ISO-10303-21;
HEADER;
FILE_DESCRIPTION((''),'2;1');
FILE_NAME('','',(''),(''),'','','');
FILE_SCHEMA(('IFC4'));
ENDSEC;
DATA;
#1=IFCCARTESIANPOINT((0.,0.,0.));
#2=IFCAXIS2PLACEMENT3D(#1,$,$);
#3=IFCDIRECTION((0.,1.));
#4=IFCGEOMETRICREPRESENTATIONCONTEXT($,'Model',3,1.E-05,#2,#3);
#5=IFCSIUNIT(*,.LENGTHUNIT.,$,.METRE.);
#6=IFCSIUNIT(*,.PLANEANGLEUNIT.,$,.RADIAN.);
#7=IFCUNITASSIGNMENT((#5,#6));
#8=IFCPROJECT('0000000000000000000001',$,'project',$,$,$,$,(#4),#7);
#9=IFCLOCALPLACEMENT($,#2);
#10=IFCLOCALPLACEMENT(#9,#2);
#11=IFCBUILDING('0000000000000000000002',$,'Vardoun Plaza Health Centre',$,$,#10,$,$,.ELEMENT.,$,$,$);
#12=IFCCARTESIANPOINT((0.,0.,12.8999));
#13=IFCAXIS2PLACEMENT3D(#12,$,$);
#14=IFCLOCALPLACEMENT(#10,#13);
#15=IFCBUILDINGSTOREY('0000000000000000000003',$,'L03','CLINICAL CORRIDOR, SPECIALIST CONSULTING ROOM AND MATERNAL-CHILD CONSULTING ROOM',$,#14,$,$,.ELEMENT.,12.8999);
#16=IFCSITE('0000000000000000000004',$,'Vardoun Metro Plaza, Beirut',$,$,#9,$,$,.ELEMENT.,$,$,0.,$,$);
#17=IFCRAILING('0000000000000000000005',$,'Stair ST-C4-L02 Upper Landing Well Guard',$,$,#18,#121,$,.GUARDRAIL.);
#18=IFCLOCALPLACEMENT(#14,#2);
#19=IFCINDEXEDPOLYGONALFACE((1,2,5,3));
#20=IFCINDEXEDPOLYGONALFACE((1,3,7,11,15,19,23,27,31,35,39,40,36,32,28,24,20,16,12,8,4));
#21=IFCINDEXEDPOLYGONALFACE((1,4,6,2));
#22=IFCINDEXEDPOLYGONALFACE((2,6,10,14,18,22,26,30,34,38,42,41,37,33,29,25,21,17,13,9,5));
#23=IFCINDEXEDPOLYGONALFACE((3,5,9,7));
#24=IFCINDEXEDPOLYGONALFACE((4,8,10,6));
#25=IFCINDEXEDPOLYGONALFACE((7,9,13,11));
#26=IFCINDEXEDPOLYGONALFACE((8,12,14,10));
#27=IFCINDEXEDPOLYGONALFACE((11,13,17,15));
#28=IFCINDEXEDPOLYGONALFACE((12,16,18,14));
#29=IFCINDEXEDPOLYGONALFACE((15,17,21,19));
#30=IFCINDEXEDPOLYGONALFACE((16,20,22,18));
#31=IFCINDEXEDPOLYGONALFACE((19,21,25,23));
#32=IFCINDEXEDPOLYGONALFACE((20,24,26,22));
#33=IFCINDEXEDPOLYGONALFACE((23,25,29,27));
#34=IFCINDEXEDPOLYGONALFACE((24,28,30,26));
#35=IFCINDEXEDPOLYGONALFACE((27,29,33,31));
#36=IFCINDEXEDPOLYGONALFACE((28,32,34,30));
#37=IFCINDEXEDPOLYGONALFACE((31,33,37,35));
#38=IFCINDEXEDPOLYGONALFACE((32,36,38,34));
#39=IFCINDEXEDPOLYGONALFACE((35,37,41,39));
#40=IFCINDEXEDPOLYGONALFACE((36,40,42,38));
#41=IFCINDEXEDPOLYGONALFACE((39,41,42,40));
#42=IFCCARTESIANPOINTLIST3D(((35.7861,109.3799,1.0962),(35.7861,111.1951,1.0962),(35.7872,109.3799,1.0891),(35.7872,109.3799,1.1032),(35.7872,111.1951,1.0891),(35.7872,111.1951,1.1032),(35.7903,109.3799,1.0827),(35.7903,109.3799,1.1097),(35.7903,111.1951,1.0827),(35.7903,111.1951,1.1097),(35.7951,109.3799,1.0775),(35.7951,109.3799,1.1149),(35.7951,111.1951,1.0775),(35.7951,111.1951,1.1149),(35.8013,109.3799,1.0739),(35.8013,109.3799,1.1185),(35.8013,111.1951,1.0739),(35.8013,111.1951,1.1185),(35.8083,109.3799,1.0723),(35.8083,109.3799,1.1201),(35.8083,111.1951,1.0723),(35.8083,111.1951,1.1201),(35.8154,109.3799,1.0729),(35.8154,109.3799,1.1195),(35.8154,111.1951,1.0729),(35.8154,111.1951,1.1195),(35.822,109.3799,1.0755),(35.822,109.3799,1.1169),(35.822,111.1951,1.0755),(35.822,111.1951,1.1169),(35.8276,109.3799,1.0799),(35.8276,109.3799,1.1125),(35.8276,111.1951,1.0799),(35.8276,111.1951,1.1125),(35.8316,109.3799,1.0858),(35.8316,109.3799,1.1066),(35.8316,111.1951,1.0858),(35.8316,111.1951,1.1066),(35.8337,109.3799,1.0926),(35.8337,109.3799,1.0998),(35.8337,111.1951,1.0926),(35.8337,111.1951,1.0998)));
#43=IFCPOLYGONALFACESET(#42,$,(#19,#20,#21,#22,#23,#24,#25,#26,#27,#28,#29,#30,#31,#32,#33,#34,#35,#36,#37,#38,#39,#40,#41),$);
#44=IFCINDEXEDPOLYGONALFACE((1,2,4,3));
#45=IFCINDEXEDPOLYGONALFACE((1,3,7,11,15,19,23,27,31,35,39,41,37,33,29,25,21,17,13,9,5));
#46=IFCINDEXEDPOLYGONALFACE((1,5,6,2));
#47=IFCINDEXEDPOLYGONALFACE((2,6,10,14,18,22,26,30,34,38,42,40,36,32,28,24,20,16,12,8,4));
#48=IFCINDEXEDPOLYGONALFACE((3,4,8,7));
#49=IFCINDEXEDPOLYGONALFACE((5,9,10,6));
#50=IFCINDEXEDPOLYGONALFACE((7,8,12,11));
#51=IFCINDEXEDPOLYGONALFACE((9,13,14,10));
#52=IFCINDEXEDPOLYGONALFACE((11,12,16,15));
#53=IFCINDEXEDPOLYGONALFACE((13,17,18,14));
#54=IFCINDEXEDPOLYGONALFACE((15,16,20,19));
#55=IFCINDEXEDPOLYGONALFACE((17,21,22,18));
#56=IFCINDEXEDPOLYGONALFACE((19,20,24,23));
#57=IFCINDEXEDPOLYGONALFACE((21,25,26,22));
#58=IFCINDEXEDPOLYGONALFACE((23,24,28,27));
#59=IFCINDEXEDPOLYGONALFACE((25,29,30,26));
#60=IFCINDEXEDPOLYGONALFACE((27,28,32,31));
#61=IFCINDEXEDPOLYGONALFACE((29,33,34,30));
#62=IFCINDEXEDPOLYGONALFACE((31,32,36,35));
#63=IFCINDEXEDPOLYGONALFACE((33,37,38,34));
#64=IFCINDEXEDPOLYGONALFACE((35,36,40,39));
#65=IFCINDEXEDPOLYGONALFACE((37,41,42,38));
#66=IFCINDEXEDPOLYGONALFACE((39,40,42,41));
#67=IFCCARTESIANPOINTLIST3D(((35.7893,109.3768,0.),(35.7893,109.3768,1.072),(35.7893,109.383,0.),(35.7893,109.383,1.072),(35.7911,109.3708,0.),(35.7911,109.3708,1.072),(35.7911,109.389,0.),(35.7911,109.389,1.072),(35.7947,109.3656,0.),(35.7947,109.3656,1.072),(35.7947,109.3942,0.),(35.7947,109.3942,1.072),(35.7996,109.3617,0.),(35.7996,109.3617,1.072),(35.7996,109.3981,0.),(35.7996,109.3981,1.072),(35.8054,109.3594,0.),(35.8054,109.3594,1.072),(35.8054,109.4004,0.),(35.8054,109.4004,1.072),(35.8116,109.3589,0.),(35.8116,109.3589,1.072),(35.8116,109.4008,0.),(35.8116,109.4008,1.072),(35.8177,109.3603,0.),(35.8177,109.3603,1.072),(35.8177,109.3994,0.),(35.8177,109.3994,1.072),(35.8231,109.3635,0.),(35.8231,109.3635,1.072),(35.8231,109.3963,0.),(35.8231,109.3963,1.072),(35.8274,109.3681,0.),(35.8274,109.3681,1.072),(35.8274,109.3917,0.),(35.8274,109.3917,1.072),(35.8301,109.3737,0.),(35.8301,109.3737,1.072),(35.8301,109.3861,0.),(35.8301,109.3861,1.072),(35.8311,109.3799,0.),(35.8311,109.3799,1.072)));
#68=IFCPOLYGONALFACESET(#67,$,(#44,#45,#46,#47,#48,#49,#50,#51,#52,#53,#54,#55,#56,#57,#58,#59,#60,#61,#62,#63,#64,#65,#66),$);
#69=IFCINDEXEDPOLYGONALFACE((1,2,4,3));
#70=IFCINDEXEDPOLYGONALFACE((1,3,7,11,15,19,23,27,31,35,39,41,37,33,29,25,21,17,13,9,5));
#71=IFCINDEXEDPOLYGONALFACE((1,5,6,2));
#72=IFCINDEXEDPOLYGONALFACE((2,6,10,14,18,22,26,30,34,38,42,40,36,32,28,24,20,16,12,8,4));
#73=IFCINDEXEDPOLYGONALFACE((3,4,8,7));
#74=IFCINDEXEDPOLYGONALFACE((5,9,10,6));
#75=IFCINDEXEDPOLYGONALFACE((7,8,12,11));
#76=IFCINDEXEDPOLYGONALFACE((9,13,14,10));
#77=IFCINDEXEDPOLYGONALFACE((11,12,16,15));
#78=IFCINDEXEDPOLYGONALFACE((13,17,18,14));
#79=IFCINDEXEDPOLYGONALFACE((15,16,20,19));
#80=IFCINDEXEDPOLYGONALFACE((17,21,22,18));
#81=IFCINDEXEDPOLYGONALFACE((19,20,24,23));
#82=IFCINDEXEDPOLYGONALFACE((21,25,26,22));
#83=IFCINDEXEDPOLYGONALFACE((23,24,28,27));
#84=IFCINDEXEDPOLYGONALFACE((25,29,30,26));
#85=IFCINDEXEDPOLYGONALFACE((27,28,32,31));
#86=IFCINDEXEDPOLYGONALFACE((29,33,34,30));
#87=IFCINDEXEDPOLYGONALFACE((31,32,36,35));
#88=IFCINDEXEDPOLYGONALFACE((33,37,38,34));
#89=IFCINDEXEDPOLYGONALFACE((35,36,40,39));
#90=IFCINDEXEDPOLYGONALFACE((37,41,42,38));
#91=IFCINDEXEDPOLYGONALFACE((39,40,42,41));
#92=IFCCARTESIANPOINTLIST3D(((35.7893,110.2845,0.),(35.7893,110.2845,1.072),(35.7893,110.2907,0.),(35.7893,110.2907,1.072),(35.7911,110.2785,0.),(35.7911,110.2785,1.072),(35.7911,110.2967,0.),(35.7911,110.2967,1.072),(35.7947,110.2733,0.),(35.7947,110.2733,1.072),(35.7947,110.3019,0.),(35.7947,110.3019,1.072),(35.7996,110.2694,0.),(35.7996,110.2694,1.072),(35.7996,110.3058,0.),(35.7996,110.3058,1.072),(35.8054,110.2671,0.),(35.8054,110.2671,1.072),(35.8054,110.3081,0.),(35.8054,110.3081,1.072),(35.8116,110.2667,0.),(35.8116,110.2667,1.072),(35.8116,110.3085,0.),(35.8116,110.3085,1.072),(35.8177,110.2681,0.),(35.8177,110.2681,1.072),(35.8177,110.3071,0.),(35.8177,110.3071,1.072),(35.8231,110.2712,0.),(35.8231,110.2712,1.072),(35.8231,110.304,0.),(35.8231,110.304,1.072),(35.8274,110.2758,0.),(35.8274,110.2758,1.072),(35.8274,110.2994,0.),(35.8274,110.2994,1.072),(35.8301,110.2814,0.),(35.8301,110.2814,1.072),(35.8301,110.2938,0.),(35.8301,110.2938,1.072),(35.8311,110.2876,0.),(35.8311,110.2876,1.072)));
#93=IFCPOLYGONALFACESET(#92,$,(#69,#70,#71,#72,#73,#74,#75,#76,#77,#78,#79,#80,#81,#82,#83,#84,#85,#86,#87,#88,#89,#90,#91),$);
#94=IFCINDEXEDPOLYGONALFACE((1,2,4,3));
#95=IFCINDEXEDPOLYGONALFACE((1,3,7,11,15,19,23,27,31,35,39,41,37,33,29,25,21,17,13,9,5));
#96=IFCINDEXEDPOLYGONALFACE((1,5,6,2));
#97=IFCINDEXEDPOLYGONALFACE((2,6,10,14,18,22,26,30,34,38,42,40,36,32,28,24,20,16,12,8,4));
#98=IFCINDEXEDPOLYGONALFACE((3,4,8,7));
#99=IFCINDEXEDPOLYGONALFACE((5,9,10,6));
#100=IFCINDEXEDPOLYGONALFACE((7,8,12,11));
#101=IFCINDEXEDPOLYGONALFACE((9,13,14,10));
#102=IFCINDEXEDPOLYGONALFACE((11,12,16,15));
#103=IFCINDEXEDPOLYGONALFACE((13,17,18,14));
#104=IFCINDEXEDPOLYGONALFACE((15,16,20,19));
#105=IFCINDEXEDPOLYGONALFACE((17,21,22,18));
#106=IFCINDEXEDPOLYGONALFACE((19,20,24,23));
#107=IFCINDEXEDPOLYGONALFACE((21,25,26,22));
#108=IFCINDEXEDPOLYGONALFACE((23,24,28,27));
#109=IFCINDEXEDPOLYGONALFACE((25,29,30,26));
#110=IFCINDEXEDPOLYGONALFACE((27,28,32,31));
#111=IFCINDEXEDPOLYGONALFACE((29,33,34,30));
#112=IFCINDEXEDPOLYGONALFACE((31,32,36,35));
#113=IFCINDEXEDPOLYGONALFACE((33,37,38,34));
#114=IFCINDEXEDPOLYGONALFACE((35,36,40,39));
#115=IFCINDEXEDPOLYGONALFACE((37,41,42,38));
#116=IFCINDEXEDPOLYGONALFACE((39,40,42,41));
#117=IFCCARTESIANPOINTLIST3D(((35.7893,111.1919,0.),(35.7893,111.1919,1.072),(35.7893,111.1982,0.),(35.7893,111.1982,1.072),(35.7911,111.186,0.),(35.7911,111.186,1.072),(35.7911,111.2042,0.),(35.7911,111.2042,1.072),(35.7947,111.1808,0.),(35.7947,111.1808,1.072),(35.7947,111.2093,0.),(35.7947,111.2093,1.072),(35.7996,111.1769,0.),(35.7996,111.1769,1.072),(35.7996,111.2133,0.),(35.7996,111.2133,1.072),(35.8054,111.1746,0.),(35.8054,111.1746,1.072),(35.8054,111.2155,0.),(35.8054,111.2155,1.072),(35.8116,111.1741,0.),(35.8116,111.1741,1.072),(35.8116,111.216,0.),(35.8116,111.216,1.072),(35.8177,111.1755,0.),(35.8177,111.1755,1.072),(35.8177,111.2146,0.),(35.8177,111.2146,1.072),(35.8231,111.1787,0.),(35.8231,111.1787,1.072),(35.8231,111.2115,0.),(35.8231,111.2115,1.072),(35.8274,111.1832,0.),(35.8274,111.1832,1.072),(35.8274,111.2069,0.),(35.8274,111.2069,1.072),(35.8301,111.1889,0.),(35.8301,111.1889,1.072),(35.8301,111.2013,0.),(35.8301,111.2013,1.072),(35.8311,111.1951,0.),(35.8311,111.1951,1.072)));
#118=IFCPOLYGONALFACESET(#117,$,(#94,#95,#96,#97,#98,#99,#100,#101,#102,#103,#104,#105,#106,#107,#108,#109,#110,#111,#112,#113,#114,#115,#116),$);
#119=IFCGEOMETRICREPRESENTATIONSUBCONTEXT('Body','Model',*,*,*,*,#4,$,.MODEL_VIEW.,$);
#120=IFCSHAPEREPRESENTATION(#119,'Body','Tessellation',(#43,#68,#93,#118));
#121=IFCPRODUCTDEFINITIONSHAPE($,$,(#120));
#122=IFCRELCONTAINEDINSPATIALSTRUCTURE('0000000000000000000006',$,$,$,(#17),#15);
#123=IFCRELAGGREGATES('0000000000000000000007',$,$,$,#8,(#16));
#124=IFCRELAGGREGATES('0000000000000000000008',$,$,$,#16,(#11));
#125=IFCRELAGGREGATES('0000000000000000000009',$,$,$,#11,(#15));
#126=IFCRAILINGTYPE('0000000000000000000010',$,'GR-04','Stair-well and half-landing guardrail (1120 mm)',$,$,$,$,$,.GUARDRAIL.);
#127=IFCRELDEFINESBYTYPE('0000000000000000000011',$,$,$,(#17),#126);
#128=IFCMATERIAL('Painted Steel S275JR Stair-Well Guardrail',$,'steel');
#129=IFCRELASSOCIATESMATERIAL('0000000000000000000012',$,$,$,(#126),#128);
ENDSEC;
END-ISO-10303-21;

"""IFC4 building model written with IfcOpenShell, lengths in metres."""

from ifc_helpers import new_model, si_unit, direction, frame, origin, origin_2d, place, context, subcontext, project, spatial, circle, extrude, material, type_object, element, save


model = new_model("IFC4")

# Units and contexts
model_context = context("Model", 3, precision=1e-05, world=origin(), true_north=direction((0.0, 1.0)))
body_context = subcontext(model_context, "Body", "Model", "MODEL_VIEW")
ifc_project = project(units=[si_unit("LENGTHUNIT", "METRE"), si_unit("PLANEANGLEUNIT", "RADIAN")], contexts=[model_context])

# Site, building, storey
site_placement = place(None, origin())
site = spatial("IfcSite", under=ifc_project, at=site_placement, Name="Vardoun Metro Plaza, Beirut", CompositionType="ELEMENT", RefElevation=0.0)
building_placement = place(site_placement, origin())
building = spatial("IfcBuilding", under=site, at=building_placement, Name="Vardoun Plaza Health Centre", CompositionType="ELEMENT")
storey_placement = place(building_placement, frame((0.0, 0.0, 12.8999)))
storey = spatial("IfcBuildingStorey", under=building, at=storey_placement, Name="L03", Description="CLINICAL CORRIDOR, SPECIALIST CONSULTING ROOM AND MATERNAL-CHILD CONSULTING ROOM", CompositionType="ELEMENT", Elevation=12.8999)

# Railing
ifc_material_1 = material(Name="Painted Steel S275JR Stair-Well Guardrail", Category="steel")
railing_type = type_object("IfcRailingType", Name="GR-04", Description="Stair-well and half-landing guardrail (1120 mm)", PredefinedType="GUARDRAIL", material=ifc_material_1)
railing_placement = place(storey_placement, frame((35.8101, 109.3799, 0.0)))
element("IfcRailing", 1, at=railing_placement, inside=storey, type_object=railing_type, Name="Stair ST-C4-L02 Upper Landing Well Guard", PredefinedType="GUARDRAIL", context=body_context, shape_type="SweptSolid", body=[
    extrude(circle(Radius=0.0239, at=origin_2d()), frame((0.0, 0.0, 1.0962), z_axis=(0.0, 1.0, 0.0), x_axis=(-1.0, 0.0, 0.0)), (0.0, 0.0, 1.0), 1.8152),
    extrude(circle(Radius=0.021, at=origin_2d()), origin(), (0.0, 0.0, 1.0), 1.072),
    extrude(circle(Radius=0.021, at=origin_2d()), frame((0.0, 0.9077, 0.0)), (0.0, 0.0, 1.0), 1.072),
    extrude(circle(Radius=0.021, at=origin_2d()), frame((0.0, 1.8152, 0.0)), (0.0, 0.0, 1.0), 1.072),
])

save(model, "model.ifc")
